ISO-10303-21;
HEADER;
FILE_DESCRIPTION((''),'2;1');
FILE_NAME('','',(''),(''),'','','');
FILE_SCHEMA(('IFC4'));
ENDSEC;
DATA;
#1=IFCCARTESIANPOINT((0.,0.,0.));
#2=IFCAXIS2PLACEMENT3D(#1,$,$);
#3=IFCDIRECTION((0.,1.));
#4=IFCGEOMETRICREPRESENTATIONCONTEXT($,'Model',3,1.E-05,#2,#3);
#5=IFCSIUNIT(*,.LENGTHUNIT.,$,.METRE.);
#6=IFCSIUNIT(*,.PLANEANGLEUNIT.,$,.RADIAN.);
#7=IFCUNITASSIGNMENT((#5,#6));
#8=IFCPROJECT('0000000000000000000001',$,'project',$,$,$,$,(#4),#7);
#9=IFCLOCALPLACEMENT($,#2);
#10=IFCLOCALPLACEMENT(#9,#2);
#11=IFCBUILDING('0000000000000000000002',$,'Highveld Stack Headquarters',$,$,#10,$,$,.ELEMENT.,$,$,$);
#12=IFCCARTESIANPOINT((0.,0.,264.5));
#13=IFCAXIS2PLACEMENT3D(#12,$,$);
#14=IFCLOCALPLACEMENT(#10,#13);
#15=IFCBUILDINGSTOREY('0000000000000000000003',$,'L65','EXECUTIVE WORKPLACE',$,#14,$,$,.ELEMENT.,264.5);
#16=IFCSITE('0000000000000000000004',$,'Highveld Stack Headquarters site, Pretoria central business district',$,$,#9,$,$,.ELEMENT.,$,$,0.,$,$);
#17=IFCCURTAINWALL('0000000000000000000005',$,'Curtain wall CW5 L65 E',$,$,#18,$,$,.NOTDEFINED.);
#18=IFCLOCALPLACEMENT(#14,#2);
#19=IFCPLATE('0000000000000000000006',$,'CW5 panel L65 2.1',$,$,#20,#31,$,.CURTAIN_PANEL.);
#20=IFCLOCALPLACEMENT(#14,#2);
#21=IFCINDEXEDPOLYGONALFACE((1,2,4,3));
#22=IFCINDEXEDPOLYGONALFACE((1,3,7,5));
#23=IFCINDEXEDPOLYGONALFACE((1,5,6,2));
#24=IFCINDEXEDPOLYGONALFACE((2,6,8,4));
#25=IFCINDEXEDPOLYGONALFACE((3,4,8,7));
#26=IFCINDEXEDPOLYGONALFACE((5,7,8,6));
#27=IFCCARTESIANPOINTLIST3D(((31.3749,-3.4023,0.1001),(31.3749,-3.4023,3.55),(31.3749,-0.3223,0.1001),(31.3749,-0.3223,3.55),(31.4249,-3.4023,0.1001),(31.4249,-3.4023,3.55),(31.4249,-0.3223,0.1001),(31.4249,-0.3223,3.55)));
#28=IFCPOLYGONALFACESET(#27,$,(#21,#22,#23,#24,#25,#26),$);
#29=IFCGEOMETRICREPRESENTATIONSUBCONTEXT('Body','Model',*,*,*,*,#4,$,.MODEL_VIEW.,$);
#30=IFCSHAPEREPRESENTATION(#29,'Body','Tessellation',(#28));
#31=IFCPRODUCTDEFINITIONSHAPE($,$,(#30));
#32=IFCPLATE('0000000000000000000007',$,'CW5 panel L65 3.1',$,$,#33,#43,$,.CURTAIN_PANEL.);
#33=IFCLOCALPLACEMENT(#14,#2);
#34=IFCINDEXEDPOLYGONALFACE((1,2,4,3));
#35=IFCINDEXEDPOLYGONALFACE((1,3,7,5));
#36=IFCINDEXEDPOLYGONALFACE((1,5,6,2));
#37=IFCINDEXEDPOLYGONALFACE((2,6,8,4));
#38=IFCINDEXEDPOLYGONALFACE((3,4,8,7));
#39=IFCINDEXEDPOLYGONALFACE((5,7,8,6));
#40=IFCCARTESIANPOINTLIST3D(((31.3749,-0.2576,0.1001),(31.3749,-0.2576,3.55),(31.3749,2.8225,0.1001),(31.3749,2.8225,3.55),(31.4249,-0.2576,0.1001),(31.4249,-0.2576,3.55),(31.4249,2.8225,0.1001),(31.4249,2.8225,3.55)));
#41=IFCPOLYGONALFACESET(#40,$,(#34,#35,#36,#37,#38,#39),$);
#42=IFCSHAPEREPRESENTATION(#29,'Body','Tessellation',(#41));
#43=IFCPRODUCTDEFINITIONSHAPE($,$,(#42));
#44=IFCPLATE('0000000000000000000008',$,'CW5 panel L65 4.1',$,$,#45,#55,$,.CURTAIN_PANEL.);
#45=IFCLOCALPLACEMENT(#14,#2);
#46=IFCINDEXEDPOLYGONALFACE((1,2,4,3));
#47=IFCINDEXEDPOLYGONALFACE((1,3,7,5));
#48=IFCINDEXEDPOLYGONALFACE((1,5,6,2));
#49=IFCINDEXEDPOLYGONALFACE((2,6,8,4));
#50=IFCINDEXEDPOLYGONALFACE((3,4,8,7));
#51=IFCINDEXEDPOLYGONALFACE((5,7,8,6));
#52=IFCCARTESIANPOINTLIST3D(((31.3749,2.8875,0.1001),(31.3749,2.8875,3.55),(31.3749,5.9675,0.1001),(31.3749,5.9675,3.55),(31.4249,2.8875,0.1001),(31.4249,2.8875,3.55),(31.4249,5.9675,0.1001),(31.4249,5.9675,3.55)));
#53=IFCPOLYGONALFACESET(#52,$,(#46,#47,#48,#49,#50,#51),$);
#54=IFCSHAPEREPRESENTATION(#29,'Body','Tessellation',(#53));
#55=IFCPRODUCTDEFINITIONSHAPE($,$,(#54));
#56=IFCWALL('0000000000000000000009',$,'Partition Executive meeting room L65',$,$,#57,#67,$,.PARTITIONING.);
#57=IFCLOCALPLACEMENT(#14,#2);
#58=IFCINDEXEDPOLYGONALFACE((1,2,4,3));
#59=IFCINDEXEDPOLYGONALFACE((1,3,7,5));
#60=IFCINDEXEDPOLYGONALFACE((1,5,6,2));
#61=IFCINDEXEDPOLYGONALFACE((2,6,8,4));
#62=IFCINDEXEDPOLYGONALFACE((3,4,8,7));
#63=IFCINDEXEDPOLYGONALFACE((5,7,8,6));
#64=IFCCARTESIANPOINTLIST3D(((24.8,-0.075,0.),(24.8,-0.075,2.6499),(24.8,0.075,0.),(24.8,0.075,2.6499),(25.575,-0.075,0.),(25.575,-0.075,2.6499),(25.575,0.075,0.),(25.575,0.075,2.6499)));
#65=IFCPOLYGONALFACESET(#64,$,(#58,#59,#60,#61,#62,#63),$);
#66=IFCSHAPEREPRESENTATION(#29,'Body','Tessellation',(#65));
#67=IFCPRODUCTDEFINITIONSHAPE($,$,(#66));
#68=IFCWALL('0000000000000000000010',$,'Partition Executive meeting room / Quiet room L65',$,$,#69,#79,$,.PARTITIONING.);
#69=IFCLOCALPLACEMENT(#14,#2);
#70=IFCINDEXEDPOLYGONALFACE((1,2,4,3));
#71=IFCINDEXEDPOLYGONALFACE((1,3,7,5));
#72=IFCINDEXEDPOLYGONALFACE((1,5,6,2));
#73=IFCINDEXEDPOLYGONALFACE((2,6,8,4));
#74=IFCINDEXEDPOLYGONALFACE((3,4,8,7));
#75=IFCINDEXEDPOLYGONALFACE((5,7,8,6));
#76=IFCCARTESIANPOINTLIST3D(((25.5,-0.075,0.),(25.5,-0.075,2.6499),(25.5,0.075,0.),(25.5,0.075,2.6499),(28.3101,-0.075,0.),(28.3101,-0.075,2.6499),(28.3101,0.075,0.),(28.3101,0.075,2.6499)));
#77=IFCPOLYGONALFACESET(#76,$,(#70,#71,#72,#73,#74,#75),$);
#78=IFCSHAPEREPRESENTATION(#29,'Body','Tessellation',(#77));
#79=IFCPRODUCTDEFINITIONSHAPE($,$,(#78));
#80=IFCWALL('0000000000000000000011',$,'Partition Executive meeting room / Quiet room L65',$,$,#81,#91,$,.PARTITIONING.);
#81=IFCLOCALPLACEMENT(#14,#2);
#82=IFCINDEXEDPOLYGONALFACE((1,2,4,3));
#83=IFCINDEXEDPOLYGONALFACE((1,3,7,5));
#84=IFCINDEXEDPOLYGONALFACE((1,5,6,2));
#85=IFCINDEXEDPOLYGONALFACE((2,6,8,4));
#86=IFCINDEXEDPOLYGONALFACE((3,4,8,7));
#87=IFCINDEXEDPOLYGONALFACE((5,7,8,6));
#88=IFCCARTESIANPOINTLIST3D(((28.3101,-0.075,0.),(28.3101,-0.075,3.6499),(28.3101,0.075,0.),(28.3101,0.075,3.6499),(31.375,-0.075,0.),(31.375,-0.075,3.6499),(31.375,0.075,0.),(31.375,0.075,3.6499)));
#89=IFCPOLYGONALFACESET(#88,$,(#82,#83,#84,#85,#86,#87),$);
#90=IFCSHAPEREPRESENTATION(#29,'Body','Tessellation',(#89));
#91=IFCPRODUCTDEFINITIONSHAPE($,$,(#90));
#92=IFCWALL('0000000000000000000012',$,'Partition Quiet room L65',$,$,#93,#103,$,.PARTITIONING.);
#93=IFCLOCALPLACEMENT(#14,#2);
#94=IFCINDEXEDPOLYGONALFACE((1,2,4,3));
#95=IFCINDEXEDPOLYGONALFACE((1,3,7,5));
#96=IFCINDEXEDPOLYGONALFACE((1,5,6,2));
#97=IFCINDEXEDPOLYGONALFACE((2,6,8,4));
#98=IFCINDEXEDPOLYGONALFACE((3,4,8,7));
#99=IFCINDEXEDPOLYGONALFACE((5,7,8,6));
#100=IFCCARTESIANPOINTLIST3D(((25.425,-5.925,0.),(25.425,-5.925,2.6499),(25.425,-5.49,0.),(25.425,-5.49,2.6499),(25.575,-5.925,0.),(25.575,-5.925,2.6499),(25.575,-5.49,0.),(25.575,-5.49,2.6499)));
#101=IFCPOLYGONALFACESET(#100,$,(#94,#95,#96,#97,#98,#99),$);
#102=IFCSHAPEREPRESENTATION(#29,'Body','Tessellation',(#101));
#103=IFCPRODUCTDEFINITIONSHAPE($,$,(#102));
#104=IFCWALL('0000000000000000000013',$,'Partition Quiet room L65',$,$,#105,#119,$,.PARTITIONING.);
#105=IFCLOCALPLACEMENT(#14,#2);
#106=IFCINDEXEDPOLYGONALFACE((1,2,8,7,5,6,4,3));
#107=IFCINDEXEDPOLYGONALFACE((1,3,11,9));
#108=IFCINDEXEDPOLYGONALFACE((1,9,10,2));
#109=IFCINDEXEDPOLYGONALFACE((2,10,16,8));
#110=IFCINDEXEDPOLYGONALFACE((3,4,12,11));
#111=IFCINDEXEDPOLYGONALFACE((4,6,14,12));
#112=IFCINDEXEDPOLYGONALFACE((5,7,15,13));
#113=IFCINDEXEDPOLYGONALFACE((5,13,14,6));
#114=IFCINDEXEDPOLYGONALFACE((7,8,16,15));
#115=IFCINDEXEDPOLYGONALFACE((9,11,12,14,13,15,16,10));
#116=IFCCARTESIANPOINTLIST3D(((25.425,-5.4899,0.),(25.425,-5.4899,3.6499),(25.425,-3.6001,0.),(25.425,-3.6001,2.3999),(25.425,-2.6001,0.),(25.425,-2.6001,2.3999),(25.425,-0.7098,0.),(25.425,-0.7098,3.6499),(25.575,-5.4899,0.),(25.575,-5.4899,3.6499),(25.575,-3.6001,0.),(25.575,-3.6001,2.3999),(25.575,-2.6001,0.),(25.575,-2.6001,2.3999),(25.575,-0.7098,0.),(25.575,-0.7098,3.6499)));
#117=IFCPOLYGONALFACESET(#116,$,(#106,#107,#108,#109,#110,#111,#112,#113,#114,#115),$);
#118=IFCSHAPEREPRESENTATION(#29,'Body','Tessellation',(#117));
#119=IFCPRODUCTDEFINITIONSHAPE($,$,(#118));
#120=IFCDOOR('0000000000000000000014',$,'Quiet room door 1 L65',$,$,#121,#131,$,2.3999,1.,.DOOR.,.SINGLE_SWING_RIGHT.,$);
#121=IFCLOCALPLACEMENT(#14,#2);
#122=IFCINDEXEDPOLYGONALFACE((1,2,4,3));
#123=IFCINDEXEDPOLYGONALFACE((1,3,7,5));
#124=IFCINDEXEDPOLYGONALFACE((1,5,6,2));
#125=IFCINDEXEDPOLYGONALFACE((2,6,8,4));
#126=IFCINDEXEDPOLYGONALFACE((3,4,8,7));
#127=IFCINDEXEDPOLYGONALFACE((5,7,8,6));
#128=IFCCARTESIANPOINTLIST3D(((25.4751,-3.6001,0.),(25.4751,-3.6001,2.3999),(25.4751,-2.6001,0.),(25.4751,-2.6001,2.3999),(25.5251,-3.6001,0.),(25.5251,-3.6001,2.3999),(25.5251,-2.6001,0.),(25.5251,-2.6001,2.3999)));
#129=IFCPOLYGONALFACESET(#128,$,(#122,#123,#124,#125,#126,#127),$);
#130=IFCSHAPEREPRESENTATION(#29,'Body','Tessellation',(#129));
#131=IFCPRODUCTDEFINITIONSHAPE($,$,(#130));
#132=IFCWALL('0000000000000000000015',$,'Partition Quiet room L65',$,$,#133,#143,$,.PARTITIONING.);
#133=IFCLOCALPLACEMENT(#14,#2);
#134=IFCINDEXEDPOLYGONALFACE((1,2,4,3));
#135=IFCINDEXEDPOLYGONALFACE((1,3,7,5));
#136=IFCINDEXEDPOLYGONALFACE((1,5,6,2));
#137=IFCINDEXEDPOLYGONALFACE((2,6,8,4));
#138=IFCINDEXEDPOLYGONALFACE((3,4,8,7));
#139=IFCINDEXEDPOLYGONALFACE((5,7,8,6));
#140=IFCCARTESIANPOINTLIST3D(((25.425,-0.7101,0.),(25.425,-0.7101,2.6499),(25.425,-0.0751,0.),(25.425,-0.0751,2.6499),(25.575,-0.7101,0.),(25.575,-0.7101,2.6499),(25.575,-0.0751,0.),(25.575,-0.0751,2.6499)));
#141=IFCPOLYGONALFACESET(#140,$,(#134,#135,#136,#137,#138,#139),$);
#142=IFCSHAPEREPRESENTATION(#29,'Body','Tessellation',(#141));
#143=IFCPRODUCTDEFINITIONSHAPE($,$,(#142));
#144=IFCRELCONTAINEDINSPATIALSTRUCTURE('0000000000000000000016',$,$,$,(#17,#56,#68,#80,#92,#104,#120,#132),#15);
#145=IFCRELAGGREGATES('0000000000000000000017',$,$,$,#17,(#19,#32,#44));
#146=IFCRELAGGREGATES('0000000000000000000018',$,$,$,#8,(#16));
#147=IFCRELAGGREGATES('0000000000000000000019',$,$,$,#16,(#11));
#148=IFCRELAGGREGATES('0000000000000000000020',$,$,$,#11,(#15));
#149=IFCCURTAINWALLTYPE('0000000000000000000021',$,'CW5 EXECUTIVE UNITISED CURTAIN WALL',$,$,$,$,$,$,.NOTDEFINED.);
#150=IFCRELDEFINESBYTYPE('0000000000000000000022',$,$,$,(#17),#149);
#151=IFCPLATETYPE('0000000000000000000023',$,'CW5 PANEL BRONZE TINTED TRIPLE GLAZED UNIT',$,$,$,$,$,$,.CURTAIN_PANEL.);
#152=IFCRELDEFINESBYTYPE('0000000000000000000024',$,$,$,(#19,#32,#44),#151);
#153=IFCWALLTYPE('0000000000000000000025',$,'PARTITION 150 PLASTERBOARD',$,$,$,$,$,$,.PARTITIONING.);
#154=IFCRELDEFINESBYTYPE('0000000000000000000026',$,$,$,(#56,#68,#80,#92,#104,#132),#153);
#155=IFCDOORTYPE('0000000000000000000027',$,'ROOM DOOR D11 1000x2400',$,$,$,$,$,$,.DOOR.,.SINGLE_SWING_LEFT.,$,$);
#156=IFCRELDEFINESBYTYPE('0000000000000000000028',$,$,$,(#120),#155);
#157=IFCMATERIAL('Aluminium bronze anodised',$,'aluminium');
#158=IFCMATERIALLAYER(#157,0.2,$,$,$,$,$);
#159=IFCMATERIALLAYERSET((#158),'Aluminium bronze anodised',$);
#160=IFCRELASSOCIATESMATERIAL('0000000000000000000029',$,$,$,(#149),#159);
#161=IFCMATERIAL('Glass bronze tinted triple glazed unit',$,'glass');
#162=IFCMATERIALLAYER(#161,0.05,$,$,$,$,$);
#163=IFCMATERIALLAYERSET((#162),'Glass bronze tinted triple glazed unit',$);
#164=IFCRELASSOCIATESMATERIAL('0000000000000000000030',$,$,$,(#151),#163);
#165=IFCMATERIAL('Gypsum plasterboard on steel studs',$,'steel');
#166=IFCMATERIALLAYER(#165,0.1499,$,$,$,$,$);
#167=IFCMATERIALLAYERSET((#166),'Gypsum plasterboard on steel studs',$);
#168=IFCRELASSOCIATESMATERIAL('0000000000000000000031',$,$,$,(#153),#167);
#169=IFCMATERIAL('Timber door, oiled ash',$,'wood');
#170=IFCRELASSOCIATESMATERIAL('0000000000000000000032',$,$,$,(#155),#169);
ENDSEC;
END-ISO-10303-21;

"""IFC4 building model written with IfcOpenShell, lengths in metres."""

from ifc_helpers import new_model, si_unit, direction, frame, frame_2d, origin, origin_2d, place, context, subcontext, project, spatial, rectangle, extrude, material, layer, layer_set, type_object, element, fill, aggregate, save


model = new_model("IFC4")

# Units and contexts
model_context = context("Model", 3, precision=1e-05, world=origin(), true_north=direction((0.0, 1.0)))
body_context = subcontext(model_context, "Body", "Model", "MODEL_VIEW")
ifc_project = project(units=[si_unit("LENGTHUNIT", "METRE"), si_unit("PLANEANGLEUNIT", "RADIAN")], contexts=[model_context])

# Site, building, storey
site_placement = place(None, origin())
site = spatial("IfcSite", under=ifc_project, at=site_placement, Name="Highveld Stack Headquarters site, Pretoria central business district", CompositionType="ELEMENT", RefElevation=0.0)
building_placement = place(site_placement, origin())
building = spatial("IfcBuilding", under=site, at=building_placement, Name="Highveld Stack Headquarters", CompositionType="ELEMENT")
storey_placement = place(building_placement, frame((0.0, 0.0, 264.5)))
storey = spatial("IfcBuildingStorey", under=building, at=storey_placement, Name="L65", Description="EXECUTIVE WORKPLACE", CompositionType="ELEMENT", Elevation=264.5)

# Curtain wall
ifc_material_1 = material(Name="Aluminium bronze anodised", Category="aluminium")
ifc_layer_1 = layer(ifc_material_1, 0.2)
ifc_layer_set_1 = layer_set([ifc_layer_1], Name="Aluminium bronze anodised")
curtain_wall_type = type_object("IfcCurtainWallType", Name="CW5 EXECUTIVE UNITISED CURTAIN WALL", PredefinedType="NOTDEFINED", material=ifc_layer_set_1)
curtain_wall_placement = place(storey_placement, origin())
curtain_wall = element("IfcCurtainWall", 1, at=curtain_wall_placement, inside=storey, type_object=curtain_wall_type, Name="Curtain wall CW5 L65 E", PredefinedType="NOTDEFINED")

# Plates
ifc_material_2 = material(Name="Glass bronze tinted triple glazed unit", Category="glass")
ifc_layer_2 = layer(ifc_material_2, 0.05)
ifc_layer_set_2 = layer_set([ifc_layer_2], Name="Glass bronze tinted triple glazed unit")
plate_type = type_object("IfcPlateType", Name="CW5 PANEL BRONZE TINTED TRIPLE GLAZED UNIT", PredefinedType="CURTAIN_PANEL", material=ifc_layer_set_2)
plate_1_placement = place(storey_placement, frame((31.3999, -1.8623, 0.1001), z_axis=(0.0, 0.0, 1.0), x_axis=(0.0, 1.0, 0.0)))
plate_1 = element("IfcPlate", 2, at=plate_1_placement, type_object=plate_type, Name="CW5 panel L65 2.1", PredefinedType="CURTAIN_PANEL", context=body_context, shape_type="SweptSolid", body=[
    extrude(rectangle(XDim=3.0801, YDim=0.05, at=origin_2d()), origin(), (0.0, 0.0, 1.0), 3.45),
])
plate_2_placement = place(storey_placement, frame((31.3999, 1.2825, 0.1001), z_axis=(0.0, 0.0, 1.0), x_axis=(0.0, 1.0, 0.0)))
plate_2 = element("IfcPlate", 3, at=plate_2_placement, type_object=plate_type, Name="CW5 panel L65 3.1", PredefinedType="CURTAIN_PANEL", context=body_context, shape_type="SweptSolid", body=[
    extrude(rectangle(XDim=3.0801, YDim=0.05, at=origin_2d()), origin(), (0.0, 0.0, 1.0), 3.45),
])
plate_3_placement = place(storey_placement, frame((31.3999, 4.4275, 0.1001), z_axis=(0.0, 0.0, 1.0), x_axis=(0.0, 1.0, 0.0)))
plate_3 = element("IfcPlate", 4, at=plate_3_placement, type_object=plate_type, Name="CW5 panel L65 4.1", PredefinedType="CURTAIN_PANEL", context=body_context, shape_type="SweptSolid", body=[
    extrude(rectangle(XDim=3.0801, YDim=0.05, at=origin_2d()), origin(), (0.0, 0.0, 1.0), 3.45),
])
aggregate(curtain_wall, [plate_1, plate_2, plate_3])

# Walls
ifc_material_3 = material(Name="Gypsum plasterboard on steel studs", Category="steel")
ifc_layer_3 = layer(ifc_material_3, 0.1499)
ifc_layer_set_3 = layer_set([ifc_layer_3], Name="Gypsum plasterboard on steel studs")
wall_type = type_object("IfcWallType", Name="PARTITION 150 PLASTERBOARD", PredefinedType="PARTITIONING", material=ifc_layer_set_3)
wall_1_placement = place(storey_placement, frame((24.8, 0.0, 0.0), z_axis=(0.0, 0.0, 1.0), x_axis=(1.0, 0.0, 0.0)))
element("IfcWall", 5, at=wall_1_placement, inside=storey, type_object=wall_type, Name="Partition Executive meeting room L65", PredefinedType="PARTITIONING", context=body_context, shape_type="SweptSolid", body=[
    extrude(rectangle(XDim=0.7749, YDim=0.1499, at=frame_2d((0.3875, 0.0))), origin(), (0.0, 0.0, 1.0), 2.6499),
])
wall_2_placement = place(storey_placement, frame((25.5, 0.0, 0.0), z_axis=(0.0, 0.0, 1.0), x_axis=(1.0, 0.0, 0.0)))
element("IfcWall", 6, at=wall_2_placement, inside=storey, type_object=wall_type, Name="Partition Executive meeting room / Quiet room L65", PredefinedType="PARTITIONING", context=body_context, shape_type="SweptSolid", body=[
    extrude(rectangle(XDim=2.8101, YDim=0.1499, at=frame_2d((1.405, 0.0))), origin(), (0.0, 0.0, 1.0), 2.6499),
])
wall_3_placement = place(storey_placement, frame((28.3101, 0.0, 0.0), z_axis=(0.0, 0.0, 1.0), x_axis=(1.0, 0.0, 0.0)))
element("IfcWall", 7, at=wall_3_placement, inside=storey, type_object=wall_type, Name="Partition Executive meeting room / Quiet room L65", PredefinedType="PARTITIONING", context=body_context, shape_type="SweptSolid", body=[
    extrude(rectangle(XDim=3.0649, YDim=0.1499, at=frame_2d((1.5325, 0.0))), origin(), (0.0, 0.0, 1.0), 3.6499),
])
wall_4_placement = place(storey_placement, frame((25.5, -5.925, 0.0), z_axis=(0.0, 0.0, 1.0), x_axis=(0.0, 1.0, 0.0)))
element("IfcWall", 8, at=wall_4_placement, inside=storey, type_object=wall_type, Name="Partition Quiet room L65", PredefinedType="PARTITIONING", context=body_context, shape_type="SweptSolid", body=[
    extrude(rectangle(XDim=0.4351, YDim=0.1499, at=frame_2d((0.2175, 0.0))), origin(), (0.0, 0.0, 1.0), 2.6499),
])

# Wall, opening, door
wall_5_placement = place(storey_placement, frame((25.5, -5.49, 0.0), z_axis=(0.0, 0.0, 1.0), x_axis=(0.0, 1.0, 0.0)))
wall_5 = element("IfcWall", 9, at=wall_5_placement, inside=storey, type_object=wall_type, Name="Partition Quiet room L65", PredefinedType="PARTITIONING", context=body_context, shape_type="SweptSolid", body=[
    extrude(rectangle(XDim=4.78, YDim=0.1499, at=frame_2d((2.3901, 0.0))), origin(), (0.0, 0.0, 1.0), 3.6499),
])
opening_placement = place(wall_5_placement, frame((1.8899, 0.0, 0.0)))
opening = element("IfcOpeningElement", 10, at=opening_placement, cuts=wall_5, PredefinedType="OPENING", context=body_context, shape_type="SweptSolid", body=[
    extrude(rectangle(XDim=1.0, YDim=2.3999, at=frame_2d((0.5, 1.2))), frame((0.0, 0.085, 0.0), z_axis=(0.0, -1.0, 0.0), x_axis=(1.0, 0.0, 0.0)), (0.0, 0.0, 1.0), 0.1699),
])
ifc_material_4 = material(Name="Timber door, oiled ash", Category="wood")
door_type = type_object("IfcDoorType", Name="ROOM DOOR D11 1000x2400", OperationType="SINGLE_SWING_LEFT", PredefinedType="DOOR", material=ifc_material_4)
door_placement = place(opening_placement, origin())
door = element("IfcDoor", 11, at=door_placement, inside=storey, type_object=door_type, Name="Quiet room door 1 L65", OperationType="SINGLE_SWING_RIGHT", OverallHeight=2.3999, OverallWidth=1.0, PredefinedType="DOOR", context=body_context, shape_type="SweptSolid", body=[
    extrude(rectangle(XDim=1.0, YDim=2.3999, at=frame_2d((0.5, 1.2))), frame((0.0, 0.0249, 0.0), z_axis=(0.0, -1.0, 0.0), x_axis=(1.0, 0.0, 0.0)), (0.0, 0.0, 1.0), 0.05),
])
fill(opening, door)

# Wall
wall_6_placement = place(storey_placement, frame((25.5, -0.71, 0.0), z_axis=(0.0, 0.0, 1.0), x_axis=(0.0, 1.0, 0.0)))
element("IfcWall", 12, at=wall_6_placement, inside=storey, type_object=wall_type, Name="Partition Quiet room L65", PredefinedType="PARTITIONING", context=body_context, shape_type="SweptSolid", body=[
    extrude(rectangle(XDim=0.635, YDim=0.1499, at=frame_2d((0.3174, 0.0))), origin(), (0.0, 0.0, 1.0), 2.6499),
])

save(model, "model.ifc")
